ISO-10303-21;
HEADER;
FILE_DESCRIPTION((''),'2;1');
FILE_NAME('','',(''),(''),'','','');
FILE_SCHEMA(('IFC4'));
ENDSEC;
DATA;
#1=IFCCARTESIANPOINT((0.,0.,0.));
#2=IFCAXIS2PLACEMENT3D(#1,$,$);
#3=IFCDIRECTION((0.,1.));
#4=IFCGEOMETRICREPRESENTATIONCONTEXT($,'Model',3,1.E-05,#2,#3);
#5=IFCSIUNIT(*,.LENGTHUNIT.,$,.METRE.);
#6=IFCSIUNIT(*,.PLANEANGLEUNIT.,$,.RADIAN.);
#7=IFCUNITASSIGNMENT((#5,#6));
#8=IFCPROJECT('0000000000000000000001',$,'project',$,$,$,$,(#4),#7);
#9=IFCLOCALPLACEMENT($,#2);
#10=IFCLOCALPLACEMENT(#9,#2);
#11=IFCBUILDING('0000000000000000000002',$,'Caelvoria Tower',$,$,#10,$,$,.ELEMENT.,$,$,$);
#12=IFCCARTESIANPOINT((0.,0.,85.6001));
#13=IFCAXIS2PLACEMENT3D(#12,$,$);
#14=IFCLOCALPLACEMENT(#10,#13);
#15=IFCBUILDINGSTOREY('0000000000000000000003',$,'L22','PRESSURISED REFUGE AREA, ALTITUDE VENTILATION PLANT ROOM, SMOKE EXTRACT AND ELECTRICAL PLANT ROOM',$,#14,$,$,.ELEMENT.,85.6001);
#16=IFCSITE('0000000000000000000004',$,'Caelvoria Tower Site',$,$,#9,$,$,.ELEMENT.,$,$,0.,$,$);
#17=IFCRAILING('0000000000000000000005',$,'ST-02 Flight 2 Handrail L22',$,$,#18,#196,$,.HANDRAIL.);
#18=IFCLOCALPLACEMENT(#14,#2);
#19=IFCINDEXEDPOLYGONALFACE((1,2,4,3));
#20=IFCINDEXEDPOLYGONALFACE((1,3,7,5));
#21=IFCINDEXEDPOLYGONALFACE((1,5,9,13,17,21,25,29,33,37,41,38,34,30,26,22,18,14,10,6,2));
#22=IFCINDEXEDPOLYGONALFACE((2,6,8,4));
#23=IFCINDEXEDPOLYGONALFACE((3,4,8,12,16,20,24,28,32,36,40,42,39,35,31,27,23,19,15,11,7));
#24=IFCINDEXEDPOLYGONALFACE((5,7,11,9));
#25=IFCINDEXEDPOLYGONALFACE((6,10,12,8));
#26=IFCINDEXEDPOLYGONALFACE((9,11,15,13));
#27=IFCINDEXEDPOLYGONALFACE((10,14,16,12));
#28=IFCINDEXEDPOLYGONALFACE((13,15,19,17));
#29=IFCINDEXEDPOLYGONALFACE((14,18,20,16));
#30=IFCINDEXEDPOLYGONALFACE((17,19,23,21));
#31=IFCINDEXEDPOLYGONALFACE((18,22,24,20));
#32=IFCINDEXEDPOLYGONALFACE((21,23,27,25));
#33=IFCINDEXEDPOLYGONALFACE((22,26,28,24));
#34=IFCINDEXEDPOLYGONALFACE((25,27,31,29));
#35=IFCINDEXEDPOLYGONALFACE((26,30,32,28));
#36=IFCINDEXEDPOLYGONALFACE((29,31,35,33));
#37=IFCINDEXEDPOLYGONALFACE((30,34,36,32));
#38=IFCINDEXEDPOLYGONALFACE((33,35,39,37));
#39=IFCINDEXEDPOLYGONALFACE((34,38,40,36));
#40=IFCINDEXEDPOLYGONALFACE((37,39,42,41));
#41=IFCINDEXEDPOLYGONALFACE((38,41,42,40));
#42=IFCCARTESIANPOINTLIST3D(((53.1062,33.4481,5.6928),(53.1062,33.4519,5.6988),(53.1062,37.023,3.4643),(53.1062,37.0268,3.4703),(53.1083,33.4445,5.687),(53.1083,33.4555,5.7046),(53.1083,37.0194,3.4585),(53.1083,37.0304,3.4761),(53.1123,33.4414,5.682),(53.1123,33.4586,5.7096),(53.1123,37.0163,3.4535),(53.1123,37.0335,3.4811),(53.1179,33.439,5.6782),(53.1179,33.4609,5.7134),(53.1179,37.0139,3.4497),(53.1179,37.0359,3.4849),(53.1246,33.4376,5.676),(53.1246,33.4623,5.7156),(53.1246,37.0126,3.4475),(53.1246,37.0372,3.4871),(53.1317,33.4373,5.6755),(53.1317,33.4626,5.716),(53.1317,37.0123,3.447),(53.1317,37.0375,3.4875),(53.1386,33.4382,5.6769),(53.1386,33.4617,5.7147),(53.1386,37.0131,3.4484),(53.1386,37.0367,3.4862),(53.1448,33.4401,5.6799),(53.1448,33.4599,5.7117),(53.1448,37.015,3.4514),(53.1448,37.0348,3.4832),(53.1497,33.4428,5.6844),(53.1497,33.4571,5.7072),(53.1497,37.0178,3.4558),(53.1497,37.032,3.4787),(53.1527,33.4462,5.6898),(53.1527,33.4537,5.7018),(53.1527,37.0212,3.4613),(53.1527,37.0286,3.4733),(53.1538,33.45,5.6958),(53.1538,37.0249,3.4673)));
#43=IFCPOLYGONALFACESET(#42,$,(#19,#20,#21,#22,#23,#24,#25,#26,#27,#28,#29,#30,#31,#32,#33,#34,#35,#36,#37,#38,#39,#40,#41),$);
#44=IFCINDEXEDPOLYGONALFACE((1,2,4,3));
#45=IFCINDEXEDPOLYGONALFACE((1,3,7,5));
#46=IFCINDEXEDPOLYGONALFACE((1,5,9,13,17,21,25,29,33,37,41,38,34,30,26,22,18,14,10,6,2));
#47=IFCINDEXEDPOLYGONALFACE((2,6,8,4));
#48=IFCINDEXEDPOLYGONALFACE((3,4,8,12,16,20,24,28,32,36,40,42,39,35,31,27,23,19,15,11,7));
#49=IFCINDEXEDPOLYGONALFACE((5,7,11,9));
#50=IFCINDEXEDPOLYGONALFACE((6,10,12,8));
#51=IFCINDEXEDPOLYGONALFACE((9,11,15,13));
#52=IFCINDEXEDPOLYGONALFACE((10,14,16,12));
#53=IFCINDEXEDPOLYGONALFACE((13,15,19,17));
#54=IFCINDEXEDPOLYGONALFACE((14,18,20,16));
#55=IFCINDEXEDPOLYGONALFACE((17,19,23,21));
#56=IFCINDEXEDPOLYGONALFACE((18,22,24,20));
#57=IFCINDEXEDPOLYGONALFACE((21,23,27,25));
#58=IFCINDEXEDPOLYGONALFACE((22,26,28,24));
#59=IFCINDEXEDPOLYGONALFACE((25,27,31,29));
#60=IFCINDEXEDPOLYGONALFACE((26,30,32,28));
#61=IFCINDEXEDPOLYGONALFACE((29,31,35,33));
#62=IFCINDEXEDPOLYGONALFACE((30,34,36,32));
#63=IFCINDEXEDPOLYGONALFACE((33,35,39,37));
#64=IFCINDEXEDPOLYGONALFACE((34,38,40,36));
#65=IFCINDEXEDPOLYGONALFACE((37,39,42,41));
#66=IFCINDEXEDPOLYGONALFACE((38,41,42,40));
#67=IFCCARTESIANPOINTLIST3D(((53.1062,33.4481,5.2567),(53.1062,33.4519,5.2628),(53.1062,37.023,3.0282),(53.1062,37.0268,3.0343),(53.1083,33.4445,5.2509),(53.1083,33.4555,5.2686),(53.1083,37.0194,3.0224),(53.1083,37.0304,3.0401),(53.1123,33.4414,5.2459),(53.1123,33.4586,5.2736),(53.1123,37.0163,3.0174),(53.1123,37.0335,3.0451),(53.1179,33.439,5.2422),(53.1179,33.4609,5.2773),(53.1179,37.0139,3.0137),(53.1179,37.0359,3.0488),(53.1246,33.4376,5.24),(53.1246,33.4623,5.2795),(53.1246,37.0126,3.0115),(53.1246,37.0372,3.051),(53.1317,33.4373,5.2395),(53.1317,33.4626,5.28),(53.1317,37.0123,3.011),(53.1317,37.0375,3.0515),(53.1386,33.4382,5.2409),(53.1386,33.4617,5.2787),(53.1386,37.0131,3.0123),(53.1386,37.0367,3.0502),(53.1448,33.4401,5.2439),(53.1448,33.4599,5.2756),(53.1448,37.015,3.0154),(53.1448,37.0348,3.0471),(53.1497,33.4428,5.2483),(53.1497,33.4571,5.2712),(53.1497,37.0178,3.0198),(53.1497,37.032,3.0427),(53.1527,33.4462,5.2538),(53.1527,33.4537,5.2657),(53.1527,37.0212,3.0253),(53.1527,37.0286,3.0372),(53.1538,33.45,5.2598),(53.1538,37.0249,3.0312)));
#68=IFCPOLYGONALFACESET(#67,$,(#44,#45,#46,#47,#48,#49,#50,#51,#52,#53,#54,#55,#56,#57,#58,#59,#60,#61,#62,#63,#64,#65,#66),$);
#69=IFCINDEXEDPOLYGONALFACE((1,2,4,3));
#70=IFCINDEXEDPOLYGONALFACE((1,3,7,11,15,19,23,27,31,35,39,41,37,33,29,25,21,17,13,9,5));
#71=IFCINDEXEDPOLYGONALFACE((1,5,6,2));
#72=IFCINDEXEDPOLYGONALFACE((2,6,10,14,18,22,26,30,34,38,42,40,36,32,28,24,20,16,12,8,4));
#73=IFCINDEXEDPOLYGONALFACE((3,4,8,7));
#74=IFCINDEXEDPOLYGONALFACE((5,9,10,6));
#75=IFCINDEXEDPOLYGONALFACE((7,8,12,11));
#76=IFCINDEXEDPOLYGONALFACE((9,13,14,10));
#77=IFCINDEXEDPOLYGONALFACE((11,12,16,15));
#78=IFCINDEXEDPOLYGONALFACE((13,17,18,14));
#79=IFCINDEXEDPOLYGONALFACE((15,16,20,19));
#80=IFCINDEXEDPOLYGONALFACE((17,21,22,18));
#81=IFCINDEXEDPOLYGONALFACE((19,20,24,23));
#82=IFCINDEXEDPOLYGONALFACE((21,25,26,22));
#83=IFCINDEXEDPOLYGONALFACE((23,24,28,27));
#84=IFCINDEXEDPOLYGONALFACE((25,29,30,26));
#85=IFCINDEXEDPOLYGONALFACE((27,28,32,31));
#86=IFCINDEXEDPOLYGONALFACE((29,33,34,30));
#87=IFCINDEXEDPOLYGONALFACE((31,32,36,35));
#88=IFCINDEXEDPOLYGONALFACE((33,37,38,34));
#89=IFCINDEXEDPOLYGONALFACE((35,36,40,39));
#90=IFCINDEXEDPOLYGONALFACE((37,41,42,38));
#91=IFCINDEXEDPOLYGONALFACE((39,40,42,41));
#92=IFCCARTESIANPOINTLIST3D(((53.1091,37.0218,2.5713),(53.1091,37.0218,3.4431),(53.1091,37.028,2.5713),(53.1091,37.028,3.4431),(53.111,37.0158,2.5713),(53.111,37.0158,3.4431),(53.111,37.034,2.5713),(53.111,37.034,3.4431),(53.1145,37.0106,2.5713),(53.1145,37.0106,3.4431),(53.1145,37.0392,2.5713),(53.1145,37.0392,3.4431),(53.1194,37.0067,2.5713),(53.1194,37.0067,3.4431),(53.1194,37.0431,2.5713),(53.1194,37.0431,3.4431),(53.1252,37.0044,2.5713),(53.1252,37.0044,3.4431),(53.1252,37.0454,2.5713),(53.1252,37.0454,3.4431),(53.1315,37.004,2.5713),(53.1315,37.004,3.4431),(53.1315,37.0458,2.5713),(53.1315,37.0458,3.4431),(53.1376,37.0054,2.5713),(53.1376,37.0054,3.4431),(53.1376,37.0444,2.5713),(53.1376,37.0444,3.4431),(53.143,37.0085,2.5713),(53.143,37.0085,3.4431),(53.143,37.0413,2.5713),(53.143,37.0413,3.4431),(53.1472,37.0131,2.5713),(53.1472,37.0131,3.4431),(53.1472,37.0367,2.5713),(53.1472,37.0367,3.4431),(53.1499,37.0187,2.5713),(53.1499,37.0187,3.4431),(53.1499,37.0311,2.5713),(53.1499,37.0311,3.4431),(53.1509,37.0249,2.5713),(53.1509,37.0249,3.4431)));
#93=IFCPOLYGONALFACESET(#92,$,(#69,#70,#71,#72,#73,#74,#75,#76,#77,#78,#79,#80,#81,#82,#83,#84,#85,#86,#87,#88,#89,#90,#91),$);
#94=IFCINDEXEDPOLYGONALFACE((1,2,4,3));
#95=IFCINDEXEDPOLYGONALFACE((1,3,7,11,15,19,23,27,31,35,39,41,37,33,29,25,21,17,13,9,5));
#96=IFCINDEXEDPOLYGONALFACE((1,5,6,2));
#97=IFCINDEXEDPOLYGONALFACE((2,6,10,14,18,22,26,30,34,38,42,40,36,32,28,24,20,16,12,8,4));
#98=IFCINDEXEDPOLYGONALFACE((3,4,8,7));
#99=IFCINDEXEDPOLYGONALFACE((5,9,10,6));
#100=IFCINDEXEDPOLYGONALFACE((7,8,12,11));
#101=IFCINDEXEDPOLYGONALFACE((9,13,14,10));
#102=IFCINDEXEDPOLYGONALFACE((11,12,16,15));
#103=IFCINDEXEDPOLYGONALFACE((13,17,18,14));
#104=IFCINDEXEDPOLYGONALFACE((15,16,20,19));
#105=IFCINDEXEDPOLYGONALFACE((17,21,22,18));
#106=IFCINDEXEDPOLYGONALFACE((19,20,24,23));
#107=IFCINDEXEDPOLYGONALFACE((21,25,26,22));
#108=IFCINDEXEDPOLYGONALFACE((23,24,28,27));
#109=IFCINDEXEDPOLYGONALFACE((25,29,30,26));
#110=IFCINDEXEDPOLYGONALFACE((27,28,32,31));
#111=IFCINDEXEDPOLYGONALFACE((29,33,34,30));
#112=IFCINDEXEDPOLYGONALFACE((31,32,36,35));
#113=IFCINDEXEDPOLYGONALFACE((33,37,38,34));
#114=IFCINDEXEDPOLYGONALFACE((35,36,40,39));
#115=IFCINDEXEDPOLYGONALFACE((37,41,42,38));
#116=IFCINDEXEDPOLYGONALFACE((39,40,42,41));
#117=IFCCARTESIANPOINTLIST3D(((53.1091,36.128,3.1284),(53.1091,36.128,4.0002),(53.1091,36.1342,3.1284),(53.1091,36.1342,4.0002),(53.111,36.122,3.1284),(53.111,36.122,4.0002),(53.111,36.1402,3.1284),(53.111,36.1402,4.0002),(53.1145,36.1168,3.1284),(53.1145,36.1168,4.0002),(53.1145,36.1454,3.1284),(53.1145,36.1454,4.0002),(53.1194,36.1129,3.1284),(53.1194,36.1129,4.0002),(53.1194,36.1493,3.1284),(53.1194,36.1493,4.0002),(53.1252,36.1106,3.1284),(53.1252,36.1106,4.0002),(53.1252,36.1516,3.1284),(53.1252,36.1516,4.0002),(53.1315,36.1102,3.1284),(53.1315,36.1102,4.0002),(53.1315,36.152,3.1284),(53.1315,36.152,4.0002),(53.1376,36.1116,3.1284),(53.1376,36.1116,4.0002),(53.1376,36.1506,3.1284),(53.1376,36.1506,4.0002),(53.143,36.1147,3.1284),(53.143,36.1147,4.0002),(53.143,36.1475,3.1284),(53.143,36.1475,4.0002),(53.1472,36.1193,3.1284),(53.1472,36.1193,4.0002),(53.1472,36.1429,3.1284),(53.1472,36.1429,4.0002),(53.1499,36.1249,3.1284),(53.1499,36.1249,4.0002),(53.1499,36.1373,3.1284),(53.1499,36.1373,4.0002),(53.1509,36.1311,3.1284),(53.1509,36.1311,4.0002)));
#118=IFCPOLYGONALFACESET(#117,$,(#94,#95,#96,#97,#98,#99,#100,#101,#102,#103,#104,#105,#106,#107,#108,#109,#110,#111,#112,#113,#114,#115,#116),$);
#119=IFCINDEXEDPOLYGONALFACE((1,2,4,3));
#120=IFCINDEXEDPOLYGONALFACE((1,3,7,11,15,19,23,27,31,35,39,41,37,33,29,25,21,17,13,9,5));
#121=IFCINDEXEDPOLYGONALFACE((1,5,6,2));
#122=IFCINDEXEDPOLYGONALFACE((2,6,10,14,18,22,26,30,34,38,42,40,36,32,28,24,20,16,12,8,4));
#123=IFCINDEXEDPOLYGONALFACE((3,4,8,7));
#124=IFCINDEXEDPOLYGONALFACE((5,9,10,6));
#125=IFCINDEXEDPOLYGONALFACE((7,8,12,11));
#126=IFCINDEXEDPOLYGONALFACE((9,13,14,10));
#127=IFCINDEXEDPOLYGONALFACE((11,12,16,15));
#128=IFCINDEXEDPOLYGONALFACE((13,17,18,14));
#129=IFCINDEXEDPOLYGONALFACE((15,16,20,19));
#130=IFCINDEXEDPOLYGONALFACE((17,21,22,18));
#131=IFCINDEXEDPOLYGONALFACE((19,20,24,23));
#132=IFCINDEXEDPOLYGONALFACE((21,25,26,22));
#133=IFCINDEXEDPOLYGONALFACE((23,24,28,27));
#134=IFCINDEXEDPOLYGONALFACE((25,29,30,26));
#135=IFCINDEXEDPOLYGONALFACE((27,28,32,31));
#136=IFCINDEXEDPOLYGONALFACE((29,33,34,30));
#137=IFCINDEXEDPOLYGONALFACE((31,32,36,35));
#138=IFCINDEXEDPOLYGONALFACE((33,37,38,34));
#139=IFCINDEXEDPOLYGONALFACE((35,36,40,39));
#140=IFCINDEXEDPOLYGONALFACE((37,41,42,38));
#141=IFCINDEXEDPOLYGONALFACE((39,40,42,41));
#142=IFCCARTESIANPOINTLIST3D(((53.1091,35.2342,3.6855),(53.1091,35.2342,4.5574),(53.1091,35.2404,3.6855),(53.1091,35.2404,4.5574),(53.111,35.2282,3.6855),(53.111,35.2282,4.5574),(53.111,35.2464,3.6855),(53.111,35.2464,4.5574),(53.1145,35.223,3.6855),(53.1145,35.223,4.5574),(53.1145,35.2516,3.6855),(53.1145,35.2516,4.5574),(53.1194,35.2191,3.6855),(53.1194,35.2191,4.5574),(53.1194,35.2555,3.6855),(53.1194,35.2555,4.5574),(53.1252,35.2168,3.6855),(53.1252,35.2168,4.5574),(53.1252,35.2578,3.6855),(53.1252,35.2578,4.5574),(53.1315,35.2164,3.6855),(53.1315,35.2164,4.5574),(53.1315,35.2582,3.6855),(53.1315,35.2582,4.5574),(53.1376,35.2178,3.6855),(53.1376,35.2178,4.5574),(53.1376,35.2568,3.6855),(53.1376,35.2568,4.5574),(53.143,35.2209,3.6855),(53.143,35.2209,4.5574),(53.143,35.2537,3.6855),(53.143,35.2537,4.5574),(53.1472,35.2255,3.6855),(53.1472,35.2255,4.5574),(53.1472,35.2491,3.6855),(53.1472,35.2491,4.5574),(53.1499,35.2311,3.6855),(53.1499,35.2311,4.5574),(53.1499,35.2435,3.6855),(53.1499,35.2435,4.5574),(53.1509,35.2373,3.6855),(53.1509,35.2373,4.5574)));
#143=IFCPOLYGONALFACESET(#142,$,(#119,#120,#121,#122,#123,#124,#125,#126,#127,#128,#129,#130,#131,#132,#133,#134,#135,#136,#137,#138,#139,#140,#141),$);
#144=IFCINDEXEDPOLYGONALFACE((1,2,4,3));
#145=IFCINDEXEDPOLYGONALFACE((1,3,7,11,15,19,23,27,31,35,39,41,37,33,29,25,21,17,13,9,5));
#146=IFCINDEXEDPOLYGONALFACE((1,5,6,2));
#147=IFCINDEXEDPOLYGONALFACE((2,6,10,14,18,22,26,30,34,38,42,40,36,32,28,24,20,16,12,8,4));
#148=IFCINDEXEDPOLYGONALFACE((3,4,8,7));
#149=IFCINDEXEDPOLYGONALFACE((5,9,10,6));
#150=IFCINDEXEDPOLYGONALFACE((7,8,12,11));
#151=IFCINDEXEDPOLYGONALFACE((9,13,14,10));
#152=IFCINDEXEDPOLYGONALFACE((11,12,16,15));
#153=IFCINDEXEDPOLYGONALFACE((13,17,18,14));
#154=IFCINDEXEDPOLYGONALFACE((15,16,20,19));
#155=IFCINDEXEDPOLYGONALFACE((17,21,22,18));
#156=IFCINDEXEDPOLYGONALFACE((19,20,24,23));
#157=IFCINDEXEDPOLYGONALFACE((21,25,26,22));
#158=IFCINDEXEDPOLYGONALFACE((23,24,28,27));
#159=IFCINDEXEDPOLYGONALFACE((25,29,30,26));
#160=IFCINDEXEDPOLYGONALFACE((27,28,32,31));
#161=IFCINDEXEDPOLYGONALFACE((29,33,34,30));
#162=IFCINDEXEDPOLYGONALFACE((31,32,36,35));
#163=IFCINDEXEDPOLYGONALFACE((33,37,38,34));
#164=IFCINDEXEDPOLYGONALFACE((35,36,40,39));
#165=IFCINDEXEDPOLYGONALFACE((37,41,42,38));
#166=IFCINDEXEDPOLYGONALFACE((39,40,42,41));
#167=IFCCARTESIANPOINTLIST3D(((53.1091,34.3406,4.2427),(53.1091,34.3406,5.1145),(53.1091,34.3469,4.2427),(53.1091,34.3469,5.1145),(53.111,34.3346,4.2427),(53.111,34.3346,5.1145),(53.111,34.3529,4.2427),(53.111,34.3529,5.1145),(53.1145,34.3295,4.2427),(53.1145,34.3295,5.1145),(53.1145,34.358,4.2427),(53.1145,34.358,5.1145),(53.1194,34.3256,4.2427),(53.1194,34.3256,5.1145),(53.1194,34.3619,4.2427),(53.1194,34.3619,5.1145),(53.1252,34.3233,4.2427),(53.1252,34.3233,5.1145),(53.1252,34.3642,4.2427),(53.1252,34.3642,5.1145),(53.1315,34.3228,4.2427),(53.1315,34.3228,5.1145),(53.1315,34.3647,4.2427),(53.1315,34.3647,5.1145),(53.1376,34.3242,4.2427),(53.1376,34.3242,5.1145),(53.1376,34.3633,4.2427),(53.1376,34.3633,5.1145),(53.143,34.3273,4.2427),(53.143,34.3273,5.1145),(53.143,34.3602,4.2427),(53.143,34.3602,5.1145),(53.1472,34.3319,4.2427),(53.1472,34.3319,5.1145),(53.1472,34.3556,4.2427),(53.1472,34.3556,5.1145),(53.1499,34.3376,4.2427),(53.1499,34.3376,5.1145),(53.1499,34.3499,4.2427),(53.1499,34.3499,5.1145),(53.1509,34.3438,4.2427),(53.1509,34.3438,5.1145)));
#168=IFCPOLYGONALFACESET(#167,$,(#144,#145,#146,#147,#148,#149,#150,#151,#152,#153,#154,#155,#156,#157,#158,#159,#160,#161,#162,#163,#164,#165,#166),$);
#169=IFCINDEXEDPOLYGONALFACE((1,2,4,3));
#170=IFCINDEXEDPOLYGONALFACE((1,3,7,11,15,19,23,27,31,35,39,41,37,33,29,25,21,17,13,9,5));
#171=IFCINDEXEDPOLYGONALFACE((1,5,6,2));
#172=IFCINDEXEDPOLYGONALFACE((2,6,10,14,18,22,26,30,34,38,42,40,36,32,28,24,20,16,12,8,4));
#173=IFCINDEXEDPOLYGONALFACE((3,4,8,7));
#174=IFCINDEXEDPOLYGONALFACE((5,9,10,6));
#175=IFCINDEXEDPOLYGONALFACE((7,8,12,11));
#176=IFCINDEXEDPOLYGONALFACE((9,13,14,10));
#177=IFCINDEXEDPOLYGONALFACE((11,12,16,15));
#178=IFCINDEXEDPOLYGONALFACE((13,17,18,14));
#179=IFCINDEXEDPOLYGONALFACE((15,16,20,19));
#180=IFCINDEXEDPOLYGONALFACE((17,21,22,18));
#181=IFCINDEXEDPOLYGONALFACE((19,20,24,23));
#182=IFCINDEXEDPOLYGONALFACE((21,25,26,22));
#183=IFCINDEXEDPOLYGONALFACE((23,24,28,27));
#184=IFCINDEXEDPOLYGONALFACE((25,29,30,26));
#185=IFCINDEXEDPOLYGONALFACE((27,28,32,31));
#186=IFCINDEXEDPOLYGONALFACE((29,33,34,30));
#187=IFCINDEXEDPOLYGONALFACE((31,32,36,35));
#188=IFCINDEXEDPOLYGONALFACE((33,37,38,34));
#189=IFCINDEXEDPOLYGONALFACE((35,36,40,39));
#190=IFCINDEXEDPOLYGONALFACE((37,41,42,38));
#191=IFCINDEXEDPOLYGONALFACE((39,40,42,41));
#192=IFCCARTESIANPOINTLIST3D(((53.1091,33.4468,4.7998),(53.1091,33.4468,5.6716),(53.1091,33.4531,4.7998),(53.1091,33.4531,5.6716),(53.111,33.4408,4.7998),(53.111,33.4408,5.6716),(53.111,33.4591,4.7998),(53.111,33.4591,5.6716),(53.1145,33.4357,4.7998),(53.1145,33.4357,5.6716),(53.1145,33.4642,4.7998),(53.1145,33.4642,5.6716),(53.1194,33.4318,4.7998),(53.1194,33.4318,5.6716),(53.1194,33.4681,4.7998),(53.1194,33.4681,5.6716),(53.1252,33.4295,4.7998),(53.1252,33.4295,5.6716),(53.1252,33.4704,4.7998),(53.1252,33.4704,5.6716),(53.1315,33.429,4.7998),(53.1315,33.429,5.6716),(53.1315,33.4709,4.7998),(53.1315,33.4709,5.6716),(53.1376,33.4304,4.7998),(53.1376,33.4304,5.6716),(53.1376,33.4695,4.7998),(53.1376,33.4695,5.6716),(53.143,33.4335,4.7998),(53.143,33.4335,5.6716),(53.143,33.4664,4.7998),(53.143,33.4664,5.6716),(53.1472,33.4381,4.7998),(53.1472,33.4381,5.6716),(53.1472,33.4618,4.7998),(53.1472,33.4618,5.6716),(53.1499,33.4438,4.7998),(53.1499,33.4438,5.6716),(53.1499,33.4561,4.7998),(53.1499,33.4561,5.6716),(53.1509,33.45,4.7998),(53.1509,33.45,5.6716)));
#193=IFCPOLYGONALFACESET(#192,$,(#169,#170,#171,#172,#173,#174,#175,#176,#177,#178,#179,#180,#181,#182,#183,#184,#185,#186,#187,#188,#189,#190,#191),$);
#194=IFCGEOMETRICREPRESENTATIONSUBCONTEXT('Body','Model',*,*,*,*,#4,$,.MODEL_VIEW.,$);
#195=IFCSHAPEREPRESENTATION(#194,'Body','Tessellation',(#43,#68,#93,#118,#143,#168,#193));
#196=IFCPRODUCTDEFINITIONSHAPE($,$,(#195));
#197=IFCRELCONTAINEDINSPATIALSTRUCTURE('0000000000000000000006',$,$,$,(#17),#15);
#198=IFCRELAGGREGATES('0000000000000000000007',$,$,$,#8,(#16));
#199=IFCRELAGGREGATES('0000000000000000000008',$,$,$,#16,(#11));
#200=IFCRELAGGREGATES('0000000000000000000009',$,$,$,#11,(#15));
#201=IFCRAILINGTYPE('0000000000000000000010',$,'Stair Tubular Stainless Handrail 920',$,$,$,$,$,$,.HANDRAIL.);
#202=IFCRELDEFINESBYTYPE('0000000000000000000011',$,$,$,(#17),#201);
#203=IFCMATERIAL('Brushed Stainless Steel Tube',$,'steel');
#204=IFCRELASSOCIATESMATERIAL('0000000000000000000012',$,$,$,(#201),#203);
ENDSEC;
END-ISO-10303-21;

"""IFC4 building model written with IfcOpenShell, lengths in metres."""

from ifc_helpers import new_model, si_unit, direction, frame, origin, origin_2d, place, context, subcontext, project, spatial, circle, extrude, material, type_object, element, save


model = new_model("IFC4")

# Units and contexts
model_context = context("Model", 3, precision=1e-05, world=origin(), true_north=direction((0.0, 1.0)))
body_context = subcontext(model_context, "Body", "Model", "MODEL_VIEW")
ifc_project = project(units=[si_unit("LENGTHUNIT", "METRE"), si_unit("PLANEANGLEUNIT", "RADIAN")], contexts=[model_context])

# Site, building, storey
site_placement = place(None, origin())
site = spatial("IfcSite", under=ifc_project, at=site_placement, Name="Caelvoria Tower Site", CompositionType="ELEMENT", RefElevation=0.0)
building_placement = place(site_placement, origin())
building = spatial("IfcBuilding", under=site, at=building_placement, Name="Caelvoria Tower", CompositionType="ELEMENT")
storey_placement = place(building_placement, frame((0.0, 0.0, 85.6001)))
storey = spatial("IfcBuildingStorey", under=building, at=storey_placement, Name="L22", Description="PRESSURISED REFUGE AREA, ALTITUDE VENTILATION PLANT ROOM, SMOKE EXTRACT AND ELECTRICAL PLANT ROOM", CompositionType="ELEMENT", Elevation=85.6001)

# Railing
ifc_material_1 = material(Name="Brushed Stainless Steel Tube", Category="steel")
railing_type_1 = type_object("IfcRailingType", Name="Stair Tubular Stainless Handrail 920", PredefinedType="HANDRAIL", material=ifc_material_1)
railing_1_placement = place(storey_placement, frame((53.1299, 37.0249, 2.5713)))
element("IfcRailing", 1, at=railing_1_placement, inside=storey, type_object=railing_type_1, Name="ST-02 Flight 2 Handrail L22", PredefinedType="HANDRAIL", context=body_context, shape_type="SweptSolid", body=[
    extrude(circle(Radius=0.0239, at=origin_2d()), frame((0.0, 0.0, 0.896), z_axis=(0.0, -0.84862, 0.529004), x_axis=(1.0, 0.0, 0.0)), (0.0, 0.0, 1.0), 4.2126),
    extrude(circle(Radius=0.0239, at=origin_2d()), frame((0.0, 0.0, 0.46), z_axis=(0.0, -0.84862, 0.529004), x_axis=(1.0, 0.0, 0.0)), (0.0, 0.0, 1.0), 4.2126),
    extrude(circle(Radius=0.021, at=origin_2d()), origin(), (0.0, 0.0, 1.0), 0.8718),
    extrude(circle(Radius=0.021, at=origin_2d()), frame((0.0, -0.8938, 0.5571)), (0.0, 0.0, 1.0), 0.8718),
    extrude(circle(Radius=0.021, at=origin_2d()), frame((0.0, -1.7876, 1.1143)), (0.0, 0.0, 1.0), 0.8718),
    extrude(circle(Radius=0.021, at=origin_2d()), frame((0.0, -2.6812, 1.6714)), (0.0, 0.0, 1.0), 0.8718),
    extrude(circle(Radius=0.021, at=origin_2d()), frame((0.0, -3.575, 2.2285)), (0.0, 0.0, 1.0), 0.8718),
])

save(model, "model.ifc")
